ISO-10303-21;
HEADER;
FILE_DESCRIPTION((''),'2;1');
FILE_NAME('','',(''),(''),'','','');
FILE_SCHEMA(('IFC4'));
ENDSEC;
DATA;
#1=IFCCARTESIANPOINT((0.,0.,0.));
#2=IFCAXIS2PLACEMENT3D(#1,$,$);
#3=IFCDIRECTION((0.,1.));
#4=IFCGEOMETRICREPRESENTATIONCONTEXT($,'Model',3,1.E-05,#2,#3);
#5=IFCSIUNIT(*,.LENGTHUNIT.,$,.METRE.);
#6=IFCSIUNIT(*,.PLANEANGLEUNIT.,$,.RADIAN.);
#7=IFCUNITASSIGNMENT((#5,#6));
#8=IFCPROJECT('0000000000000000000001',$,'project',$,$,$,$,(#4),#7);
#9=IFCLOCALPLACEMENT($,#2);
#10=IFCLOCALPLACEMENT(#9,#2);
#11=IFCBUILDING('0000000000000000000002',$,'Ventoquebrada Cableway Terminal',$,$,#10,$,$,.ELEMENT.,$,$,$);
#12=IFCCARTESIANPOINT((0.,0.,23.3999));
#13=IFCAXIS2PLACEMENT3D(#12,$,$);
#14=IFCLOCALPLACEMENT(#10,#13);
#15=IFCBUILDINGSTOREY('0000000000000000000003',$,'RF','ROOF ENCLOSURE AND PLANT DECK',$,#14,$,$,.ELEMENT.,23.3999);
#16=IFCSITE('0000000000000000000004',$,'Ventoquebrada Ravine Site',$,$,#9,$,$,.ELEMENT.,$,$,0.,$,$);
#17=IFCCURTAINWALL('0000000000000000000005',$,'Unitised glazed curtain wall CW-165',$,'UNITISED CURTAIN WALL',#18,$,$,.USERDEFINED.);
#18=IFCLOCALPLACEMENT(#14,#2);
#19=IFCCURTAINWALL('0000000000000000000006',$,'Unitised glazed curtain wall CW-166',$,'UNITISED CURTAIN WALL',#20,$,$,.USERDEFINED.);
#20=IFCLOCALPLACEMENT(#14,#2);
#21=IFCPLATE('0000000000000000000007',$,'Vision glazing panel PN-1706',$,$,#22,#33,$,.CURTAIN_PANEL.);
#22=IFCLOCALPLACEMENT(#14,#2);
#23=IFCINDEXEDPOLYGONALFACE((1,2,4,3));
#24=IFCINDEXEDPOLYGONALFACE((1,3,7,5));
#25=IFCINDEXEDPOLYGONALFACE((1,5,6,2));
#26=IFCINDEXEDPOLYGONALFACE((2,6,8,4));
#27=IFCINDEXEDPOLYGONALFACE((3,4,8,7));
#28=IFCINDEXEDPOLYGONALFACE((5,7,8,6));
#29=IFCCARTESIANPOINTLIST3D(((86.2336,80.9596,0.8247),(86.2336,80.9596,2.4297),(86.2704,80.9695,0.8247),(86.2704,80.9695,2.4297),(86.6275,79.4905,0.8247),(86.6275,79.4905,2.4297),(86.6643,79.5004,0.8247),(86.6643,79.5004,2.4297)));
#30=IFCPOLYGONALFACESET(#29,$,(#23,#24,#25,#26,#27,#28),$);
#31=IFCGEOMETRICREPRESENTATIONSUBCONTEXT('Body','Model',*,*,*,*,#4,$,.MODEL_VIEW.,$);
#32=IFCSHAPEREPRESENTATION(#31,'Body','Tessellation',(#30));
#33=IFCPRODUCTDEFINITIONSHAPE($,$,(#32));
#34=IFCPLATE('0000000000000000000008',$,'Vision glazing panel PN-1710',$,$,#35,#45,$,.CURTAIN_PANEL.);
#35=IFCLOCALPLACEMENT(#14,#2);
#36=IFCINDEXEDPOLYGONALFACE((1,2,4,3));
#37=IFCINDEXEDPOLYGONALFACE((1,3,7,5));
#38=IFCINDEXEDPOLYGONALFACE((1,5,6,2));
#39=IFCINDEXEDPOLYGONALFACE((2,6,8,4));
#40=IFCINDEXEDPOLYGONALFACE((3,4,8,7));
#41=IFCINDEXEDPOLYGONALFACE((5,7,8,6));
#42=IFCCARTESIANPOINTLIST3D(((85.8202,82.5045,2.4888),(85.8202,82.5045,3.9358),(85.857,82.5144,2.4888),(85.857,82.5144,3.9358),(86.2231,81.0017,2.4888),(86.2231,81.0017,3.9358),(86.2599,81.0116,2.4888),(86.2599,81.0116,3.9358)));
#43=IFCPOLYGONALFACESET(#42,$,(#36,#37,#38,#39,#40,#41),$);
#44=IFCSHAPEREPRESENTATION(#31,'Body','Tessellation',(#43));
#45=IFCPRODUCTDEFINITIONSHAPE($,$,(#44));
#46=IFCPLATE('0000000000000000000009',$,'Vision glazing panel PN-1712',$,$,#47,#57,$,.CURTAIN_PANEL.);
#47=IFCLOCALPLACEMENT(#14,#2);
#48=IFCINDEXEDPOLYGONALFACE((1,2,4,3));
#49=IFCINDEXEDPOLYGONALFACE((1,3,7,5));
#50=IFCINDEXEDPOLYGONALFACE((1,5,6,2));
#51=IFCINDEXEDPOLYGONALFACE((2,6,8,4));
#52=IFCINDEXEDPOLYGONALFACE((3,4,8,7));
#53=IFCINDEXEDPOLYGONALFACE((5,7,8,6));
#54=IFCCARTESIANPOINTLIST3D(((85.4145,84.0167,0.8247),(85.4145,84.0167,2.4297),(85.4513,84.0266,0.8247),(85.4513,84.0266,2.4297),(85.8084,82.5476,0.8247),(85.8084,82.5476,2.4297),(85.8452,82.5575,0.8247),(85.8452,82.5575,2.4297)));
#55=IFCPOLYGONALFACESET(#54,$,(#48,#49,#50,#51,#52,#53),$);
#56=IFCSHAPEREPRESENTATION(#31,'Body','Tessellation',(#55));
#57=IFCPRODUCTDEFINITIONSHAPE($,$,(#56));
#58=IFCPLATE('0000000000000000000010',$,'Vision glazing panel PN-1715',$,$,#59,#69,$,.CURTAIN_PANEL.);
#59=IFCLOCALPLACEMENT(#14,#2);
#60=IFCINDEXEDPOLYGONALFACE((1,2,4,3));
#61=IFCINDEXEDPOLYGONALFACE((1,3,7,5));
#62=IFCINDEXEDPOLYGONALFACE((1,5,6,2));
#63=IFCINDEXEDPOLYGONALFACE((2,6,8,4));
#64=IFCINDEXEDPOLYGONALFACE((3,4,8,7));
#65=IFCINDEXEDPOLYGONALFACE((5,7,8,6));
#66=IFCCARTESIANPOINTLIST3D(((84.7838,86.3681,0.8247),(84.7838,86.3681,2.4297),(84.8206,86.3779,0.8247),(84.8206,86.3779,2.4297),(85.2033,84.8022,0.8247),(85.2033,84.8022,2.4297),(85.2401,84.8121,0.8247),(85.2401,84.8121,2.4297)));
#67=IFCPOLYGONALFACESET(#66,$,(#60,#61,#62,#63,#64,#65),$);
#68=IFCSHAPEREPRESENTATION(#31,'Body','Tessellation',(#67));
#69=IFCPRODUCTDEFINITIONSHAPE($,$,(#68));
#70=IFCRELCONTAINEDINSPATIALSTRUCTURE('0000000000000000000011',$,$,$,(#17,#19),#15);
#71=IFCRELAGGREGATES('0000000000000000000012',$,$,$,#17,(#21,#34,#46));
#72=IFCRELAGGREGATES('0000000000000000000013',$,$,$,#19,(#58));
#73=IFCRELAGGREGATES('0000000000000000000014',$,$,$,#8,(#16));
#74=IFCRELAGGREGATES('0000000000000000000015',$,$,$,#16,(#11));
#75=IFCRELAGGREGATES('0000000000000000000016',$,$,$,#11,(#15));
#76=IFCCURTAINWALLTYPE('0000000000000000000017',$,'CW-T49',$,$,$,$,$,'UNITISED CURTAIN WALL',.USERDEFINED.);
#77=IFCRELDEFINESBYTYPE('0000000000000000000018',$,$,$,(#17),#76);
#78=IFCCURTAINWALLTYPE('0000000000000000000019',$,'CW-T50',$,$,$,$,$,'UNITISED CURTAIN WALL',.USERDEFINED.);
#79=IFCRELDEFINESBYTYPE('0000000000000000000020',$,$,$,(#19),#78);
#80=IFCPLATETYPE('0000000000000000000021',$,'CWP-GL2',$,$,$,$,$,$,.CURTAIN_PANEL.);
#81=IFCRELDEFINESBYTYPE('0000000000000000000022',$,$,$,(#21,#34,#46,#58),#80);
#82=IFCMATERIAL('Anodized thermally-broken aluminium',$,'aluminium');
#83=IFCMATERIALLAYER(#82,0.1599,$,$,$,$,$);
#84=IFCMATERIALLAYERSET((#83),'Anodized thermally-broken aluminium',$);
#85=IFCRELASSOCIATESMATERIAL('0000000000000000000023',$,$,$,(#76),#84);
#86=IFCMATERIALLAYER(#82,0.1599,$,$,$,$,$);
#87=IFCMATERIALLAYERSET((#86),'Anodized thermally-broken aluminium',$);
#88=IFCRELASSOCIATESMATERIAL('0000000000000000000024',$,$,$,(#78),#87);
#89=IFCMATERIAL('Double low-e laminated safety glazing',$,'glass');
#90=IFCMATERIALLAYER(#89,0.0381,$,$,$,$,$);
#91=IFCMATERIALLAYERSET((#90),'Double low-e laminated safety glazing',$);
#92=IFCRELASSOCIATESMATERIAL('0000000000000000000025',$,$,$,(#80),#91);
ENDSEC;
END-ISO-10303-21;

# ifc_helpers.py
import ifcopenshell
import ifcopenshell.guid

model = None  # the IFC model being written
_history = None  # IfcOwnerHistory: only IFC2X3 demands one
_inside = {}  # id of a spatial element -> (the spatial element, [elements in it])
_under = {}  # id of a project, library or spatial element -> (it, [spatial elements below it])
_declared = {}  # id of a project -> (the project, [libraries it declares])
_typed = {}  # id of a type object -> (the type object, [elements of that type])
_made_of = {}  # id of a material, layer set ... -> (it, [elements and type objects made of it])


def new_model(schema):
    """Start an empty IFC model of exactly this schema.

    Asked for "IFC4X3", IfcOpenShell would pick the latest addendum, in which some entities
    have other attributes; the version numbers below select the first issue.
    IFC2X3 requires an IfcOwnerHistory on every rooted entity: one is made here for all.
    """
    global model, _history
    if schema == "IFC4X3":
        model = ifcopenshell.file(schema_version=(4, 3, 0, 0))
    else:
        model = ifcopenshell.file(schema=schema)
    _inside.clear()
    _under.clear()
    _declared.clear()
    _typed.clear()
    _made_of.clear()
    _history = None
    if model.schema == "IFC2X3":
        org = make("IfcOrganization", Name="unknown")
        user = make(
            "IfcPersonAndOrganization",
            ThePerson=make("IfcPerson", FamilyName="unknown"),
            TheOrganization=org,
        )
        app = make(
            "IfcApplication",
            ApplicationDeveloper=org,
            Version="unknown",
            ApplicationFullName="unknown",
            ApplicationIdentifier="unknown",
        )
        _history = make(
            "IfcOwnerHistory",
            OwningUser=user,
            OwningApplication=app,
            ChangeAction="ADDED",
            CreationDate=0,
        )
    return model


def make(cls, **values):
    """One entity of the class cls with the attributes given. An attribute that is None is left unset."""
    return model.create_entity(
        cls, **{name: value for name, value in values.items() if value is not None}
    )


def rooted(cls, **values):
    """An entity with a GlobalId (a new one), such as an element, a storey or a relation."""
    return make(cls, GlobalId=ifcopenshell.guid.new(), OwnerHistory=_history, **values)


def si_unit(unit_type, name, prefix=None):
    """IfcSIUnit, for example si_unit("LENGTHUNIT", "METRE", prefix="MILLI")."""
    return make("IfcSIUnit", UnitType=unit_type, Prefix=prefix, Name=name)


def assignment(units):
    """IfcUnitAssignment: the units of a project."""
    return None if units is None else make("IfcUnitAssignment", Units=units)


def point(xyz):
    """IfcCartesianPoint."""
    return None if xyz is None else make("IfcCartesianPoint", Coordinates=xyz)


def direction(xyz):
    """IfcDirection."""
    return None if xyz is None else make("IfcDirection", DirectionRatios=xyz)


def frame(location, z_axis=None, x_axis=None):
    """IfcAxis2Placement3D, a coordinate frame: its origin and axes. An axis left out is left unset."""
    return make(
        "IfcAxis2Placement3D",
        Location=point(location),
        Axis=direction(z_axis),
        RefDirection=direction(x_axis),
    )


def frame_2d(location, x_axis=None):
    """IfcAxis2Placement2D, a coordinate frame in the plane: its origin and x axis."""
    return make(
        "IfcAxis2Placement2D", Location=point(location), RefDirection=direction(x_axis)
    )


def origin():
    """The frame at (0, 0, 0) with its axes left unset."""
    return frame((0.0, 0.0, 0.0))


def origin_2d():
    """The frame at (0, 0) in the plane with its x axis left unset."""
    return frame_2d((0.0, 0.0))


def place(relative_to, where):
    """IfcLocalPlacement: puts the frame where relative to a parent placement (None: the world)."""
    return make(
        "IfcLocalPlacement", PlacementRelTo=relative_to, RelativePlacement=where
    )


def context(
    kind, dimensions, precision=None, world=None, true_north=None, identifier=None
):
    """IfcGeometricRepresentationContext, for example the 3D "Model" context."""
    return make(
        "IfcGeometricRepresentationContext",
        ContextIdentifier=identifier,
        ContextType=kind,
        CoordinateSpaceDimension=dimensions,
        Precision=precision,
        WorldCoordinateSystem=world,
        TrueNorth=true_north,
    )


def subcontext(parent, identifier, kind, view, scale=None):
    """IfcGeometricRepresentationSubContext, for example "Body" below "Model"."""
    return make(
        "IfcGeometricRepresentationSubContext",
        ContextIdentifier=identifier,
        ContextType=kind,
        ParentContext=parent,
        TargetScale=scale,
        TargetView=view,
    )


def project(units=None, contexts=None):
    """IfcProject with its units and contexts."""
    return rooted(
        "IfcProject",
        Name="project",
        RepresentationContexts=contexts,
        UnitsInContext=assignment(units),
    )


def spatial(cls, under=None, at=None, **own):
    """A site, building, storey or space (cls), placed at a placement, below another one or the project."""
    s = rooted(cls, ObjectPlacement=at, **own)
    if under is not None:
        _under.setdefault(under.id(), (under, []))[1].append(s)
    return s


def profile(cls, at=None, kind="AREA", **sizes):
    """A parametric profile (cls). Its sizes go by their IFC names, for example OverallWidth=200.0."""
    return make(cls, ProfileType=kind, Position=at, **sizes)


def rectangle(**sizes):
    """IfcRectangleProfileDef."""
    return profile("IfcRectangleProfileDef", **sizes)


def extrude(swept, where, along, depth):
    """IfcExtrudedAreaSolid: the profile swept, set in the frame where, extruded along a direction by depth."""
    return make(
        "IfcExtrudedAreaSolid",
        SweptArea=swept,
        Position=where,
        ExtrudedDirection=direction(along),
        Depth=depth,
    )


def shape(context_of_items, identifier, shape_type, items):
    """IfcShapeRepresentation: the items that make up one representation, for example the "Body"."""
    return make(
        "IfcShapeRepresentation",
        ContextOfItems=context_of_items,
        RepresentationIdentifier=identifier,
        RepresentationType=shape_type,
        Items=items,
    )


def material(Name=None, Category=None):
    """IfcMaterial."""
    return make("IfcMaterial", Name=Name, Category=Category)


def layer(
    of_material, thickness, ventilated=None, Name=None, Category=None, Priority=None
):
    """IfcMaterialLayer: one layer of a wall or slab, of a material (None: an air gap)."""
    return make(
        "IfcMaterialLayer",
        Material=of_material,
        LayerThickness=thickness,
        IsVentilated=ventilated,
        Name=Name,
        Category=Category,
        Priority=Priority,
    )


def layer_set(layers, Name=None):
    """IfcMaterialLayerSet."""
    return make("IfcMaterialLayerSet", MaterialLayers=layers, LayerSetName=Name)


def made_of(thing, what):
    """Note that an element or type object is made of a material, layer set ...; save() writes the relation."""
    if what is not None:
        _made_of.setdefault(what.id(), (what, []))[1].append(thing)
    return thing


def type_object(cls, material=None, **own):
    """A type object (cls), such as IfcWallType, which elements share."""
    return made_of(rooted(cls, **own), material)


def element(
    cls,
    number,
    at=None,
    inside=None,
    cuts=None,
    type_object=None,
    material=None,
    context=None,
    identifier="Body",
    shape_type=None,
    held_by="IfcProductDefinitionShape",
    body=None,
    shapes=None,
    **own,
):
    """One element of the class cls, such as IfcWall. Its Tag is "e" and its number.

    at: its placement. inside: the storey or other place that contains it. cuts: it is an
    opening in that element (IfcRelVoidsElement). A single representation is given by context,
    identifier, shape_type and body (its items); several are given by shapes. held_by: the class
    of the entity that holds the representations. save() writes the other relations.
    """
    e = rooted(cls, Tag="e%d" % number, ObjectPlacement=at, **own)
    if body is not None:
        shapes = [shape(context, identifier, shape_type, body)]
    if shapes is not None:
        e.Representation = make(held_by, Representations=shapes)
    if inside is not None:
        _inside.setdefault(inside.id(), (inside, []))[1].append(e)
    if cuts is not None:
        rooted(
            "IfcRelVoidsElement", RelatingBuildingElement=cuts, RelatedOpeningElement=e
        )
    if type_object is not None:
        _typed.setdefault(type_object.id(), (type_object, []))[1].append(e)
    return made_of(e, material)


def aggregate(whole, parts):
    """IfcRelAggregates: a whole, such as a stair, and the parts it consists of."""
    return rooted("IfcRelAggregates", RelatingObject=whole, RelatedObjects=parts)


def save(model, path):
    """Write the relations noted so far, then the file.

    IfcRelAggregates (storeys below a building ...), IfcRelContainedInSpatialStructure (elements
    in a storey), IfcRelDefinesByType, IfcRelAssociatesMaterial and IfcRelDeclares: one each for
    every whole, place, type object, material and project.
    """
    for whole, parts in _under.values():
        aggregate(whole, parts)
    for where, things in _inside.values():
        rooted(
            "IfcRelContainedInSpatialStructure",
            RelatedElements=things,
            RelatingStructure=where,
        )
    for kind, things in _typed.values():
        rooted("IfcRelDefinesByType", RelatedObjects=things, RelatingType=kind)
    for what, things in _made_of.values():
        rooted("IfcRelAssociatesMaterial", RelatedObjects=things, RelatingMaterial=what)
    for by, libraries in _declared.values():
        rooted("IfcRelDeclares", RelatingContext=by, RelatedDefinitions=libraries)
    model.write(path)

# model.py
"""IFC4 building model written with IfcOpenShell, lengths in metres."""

from ifc_helpers import new_model, si_unit, direction, frame, origin, origin_2d, place, context, subcontext, project, spatial, rectangle, extrude, material, layer, layer_set, type_object, element, aggregate, save


model = new_model("IFC4")

# Units and contexts
model_context = context("Model", 3, precision=1e-05, world=origin(), true_north=direction((0.0, 1.0)))
body_context = subcontext(model_context, "Body", "Model", "MODEL_VIEW")
ifc_project = project(units=[si_unit("LENGTHUNIT", "METRE"), si_unit("PLANEANGLEUNIT", "RADIAN")], contexts=[model_context])

# Site, building, storey
site_placement = place(None, origin())
site = spatial("IfcSite", under=ifc_project, at=site_placement, Name="Ventoquebrada Ravine Site", CompositionType="ELEMENT", RefElevation=0.0)
building_placement = place(site_placement, origin())
building = spatial("IfcBuilding", under=site, at=building_placement, Name="Ventoquebrada Cableway Terminal", CompositionType="ELEMENT")
storey_placement = place(building_placement, frame((0.0, 0.0, 23.3999)))
storey = spatial("IfcBuildingStorey", under=building, at=storey_placement, Name="RF", Description="ROOF ENCLOSURE AND PLANT DECK", CompositionType="ELEMENT", Elevation=23.3999)

# Curtain walls
ifc_material_1 = material(Name="Anodized thermally-broken aluminium", Category="aluminium")
ifc_layer_1 = layer(ifc_material_1, 0.1599)
ifc_layer_set_1 = layer_set([ifc_layer_1], Name="Anodized thermally-broken aluminium")
curtain_wall_type_1 = type_object("IfcCurtainWallType", Name="CW-T49", ElementType="UNITISED CURTAIN WALL", PredefinedType="USERDEFINED", material=ifc_layer_set_1)
curtain_wall_1_placement = place(storey_placement, origin())
curtain_wall_1 = element("IfcCurtainWall", 1, at=curtain_wall_1_placement, inside=storey, type_object=curtain_wall_type_1, Name="Unitised glazed curtain wall CW-165", ObjectType="UNITISED CURTAIN WALL", PredefinedType="USERDEFINED")
ifc_layer_2 = layer(ifc_material_1, 0.1599)
ifc_layer_set_2 = layer_set([ifc_layer_2], Name="Anodized thermally-broken aluminium")
curtain_wall_type_2 = type_object("IfcCurtainWallType", Name="CW-T50", ElementType="UNITISED CURTAIN WALL", PredefinedType="USERDEFINED", material=ifc_layer_set_2)
curtain_wall_2_placement = place(storey_placement, origin())
curtain_wall_2 = element("IfcCurtainWall", 2, at=curtain_wall_2_placement, inside=storey, type_object=curtain_wall_type_2, Name="Unitised glazed curtain wall CW-166", ObjectType="UNITISED CURTAIN WALL", PredefinedType="USERDEFINED")

# Plates
ifc_material_2 = material(Name="Double low-e laminated safety glazing", Category="glass")
ifc_layer_3 = layer(ifc_material_2, 0.0381)
ifc_layer_set_3 = layer_set([ifc_layer_3], Name="Double low-e laminated safety glazing")
plate_type_1 = type_object("IfcPlateType", Name="CWP-GL2", PredefinedType="CURTAIN_PANEL", material=ifc_layer_set_3)
plate_1_placement = place(storey_placement, frame((86.449, 80.23, 0.8247), z_axis=(0.0, 0.0, 1.0), x_axis=(-0.258971, 0.965885, 0.0)))
plate_1 = element("IfcPlate", 3, at=plate_1_placement, type_object=plate_type_1, Name="Vision glazing panel PN-1706", PredefinedType="CURTAIN_PANEL", context=body_context, shape_type="SweptSolid", body=[
    extrude(rectangle(XDim=1.521, YDim=0.0381, at=origin_2d()), origin(), (0.0, 0.0, 1.0), 1.605),
])
plate_2_placement = place(storey_placement, frame((86.04, 81.7581, 2.4888), z_axis=(0.0, 0.0, 1.0), x_axis=(-0.258971, 0.965885, 0.0)))
plate_2 = element("IfcPlate", 4, at=plate_2_placement, type_object=plate_type_1, Name="Vision glazing panel PN-1710", PredefinedType="CURTAIN_PANEL", context=body_context, shape_type="SweptSolid", body=[
    extrude(rectangle(XDim=1.5559, YDim=0.0381, at=origin_2d()), origin(), (0.0, 0.0, 1.0), 1.447),
])
plate_3_placement = place(storey_placement, frame((85.6299, 83.2871, 0.8247), z_axis=(0.0, 0.0, 1.0), x_axis=(-0.258971, 0.965885, 0.0)))
plate_3 = element("IfcPlate", 5, at=plate_3_placement, type_object=plate_type_1, Name="Vision glazing panel PN-1712", PredefinedType="CURTAIN_PANEL", context=body_context, shape_type="SweptSolid", body=[
    extrude(rectangle(XDim=1.521, YDim=0.0381, at=origin_2d()), origin(), (0.0, 0.0, 1.0), 1.605),
])
aggregate(curtain_wall_1, [plate_1, plate_2, plate_3])
plate_4_placement = place(storey_placement, frame((85.012, 85.5901, 0.8247), z_axis=(0.0, 0.0, 1.0), x_axis=(-0.258802, 0.96593, 0.0)))
plate_4 = element("IfcPlate", 6, at=plate_4_placement, type_object=plate_type_1, Name="Vision glazing panel PN-1715", PredefinedType="CURTAIN_PANEL", context=body_context, shape_type="SweptSolid", body=[
    extrude(rectangle(XDim=1.6211, YDim=0.0381, at=origin_2d()), origin(), (0.0, 0.0, 1.0), 1.605),
])
aggregate(curtain_wall_2, [plate_4])

save(model, "model.ifc")
